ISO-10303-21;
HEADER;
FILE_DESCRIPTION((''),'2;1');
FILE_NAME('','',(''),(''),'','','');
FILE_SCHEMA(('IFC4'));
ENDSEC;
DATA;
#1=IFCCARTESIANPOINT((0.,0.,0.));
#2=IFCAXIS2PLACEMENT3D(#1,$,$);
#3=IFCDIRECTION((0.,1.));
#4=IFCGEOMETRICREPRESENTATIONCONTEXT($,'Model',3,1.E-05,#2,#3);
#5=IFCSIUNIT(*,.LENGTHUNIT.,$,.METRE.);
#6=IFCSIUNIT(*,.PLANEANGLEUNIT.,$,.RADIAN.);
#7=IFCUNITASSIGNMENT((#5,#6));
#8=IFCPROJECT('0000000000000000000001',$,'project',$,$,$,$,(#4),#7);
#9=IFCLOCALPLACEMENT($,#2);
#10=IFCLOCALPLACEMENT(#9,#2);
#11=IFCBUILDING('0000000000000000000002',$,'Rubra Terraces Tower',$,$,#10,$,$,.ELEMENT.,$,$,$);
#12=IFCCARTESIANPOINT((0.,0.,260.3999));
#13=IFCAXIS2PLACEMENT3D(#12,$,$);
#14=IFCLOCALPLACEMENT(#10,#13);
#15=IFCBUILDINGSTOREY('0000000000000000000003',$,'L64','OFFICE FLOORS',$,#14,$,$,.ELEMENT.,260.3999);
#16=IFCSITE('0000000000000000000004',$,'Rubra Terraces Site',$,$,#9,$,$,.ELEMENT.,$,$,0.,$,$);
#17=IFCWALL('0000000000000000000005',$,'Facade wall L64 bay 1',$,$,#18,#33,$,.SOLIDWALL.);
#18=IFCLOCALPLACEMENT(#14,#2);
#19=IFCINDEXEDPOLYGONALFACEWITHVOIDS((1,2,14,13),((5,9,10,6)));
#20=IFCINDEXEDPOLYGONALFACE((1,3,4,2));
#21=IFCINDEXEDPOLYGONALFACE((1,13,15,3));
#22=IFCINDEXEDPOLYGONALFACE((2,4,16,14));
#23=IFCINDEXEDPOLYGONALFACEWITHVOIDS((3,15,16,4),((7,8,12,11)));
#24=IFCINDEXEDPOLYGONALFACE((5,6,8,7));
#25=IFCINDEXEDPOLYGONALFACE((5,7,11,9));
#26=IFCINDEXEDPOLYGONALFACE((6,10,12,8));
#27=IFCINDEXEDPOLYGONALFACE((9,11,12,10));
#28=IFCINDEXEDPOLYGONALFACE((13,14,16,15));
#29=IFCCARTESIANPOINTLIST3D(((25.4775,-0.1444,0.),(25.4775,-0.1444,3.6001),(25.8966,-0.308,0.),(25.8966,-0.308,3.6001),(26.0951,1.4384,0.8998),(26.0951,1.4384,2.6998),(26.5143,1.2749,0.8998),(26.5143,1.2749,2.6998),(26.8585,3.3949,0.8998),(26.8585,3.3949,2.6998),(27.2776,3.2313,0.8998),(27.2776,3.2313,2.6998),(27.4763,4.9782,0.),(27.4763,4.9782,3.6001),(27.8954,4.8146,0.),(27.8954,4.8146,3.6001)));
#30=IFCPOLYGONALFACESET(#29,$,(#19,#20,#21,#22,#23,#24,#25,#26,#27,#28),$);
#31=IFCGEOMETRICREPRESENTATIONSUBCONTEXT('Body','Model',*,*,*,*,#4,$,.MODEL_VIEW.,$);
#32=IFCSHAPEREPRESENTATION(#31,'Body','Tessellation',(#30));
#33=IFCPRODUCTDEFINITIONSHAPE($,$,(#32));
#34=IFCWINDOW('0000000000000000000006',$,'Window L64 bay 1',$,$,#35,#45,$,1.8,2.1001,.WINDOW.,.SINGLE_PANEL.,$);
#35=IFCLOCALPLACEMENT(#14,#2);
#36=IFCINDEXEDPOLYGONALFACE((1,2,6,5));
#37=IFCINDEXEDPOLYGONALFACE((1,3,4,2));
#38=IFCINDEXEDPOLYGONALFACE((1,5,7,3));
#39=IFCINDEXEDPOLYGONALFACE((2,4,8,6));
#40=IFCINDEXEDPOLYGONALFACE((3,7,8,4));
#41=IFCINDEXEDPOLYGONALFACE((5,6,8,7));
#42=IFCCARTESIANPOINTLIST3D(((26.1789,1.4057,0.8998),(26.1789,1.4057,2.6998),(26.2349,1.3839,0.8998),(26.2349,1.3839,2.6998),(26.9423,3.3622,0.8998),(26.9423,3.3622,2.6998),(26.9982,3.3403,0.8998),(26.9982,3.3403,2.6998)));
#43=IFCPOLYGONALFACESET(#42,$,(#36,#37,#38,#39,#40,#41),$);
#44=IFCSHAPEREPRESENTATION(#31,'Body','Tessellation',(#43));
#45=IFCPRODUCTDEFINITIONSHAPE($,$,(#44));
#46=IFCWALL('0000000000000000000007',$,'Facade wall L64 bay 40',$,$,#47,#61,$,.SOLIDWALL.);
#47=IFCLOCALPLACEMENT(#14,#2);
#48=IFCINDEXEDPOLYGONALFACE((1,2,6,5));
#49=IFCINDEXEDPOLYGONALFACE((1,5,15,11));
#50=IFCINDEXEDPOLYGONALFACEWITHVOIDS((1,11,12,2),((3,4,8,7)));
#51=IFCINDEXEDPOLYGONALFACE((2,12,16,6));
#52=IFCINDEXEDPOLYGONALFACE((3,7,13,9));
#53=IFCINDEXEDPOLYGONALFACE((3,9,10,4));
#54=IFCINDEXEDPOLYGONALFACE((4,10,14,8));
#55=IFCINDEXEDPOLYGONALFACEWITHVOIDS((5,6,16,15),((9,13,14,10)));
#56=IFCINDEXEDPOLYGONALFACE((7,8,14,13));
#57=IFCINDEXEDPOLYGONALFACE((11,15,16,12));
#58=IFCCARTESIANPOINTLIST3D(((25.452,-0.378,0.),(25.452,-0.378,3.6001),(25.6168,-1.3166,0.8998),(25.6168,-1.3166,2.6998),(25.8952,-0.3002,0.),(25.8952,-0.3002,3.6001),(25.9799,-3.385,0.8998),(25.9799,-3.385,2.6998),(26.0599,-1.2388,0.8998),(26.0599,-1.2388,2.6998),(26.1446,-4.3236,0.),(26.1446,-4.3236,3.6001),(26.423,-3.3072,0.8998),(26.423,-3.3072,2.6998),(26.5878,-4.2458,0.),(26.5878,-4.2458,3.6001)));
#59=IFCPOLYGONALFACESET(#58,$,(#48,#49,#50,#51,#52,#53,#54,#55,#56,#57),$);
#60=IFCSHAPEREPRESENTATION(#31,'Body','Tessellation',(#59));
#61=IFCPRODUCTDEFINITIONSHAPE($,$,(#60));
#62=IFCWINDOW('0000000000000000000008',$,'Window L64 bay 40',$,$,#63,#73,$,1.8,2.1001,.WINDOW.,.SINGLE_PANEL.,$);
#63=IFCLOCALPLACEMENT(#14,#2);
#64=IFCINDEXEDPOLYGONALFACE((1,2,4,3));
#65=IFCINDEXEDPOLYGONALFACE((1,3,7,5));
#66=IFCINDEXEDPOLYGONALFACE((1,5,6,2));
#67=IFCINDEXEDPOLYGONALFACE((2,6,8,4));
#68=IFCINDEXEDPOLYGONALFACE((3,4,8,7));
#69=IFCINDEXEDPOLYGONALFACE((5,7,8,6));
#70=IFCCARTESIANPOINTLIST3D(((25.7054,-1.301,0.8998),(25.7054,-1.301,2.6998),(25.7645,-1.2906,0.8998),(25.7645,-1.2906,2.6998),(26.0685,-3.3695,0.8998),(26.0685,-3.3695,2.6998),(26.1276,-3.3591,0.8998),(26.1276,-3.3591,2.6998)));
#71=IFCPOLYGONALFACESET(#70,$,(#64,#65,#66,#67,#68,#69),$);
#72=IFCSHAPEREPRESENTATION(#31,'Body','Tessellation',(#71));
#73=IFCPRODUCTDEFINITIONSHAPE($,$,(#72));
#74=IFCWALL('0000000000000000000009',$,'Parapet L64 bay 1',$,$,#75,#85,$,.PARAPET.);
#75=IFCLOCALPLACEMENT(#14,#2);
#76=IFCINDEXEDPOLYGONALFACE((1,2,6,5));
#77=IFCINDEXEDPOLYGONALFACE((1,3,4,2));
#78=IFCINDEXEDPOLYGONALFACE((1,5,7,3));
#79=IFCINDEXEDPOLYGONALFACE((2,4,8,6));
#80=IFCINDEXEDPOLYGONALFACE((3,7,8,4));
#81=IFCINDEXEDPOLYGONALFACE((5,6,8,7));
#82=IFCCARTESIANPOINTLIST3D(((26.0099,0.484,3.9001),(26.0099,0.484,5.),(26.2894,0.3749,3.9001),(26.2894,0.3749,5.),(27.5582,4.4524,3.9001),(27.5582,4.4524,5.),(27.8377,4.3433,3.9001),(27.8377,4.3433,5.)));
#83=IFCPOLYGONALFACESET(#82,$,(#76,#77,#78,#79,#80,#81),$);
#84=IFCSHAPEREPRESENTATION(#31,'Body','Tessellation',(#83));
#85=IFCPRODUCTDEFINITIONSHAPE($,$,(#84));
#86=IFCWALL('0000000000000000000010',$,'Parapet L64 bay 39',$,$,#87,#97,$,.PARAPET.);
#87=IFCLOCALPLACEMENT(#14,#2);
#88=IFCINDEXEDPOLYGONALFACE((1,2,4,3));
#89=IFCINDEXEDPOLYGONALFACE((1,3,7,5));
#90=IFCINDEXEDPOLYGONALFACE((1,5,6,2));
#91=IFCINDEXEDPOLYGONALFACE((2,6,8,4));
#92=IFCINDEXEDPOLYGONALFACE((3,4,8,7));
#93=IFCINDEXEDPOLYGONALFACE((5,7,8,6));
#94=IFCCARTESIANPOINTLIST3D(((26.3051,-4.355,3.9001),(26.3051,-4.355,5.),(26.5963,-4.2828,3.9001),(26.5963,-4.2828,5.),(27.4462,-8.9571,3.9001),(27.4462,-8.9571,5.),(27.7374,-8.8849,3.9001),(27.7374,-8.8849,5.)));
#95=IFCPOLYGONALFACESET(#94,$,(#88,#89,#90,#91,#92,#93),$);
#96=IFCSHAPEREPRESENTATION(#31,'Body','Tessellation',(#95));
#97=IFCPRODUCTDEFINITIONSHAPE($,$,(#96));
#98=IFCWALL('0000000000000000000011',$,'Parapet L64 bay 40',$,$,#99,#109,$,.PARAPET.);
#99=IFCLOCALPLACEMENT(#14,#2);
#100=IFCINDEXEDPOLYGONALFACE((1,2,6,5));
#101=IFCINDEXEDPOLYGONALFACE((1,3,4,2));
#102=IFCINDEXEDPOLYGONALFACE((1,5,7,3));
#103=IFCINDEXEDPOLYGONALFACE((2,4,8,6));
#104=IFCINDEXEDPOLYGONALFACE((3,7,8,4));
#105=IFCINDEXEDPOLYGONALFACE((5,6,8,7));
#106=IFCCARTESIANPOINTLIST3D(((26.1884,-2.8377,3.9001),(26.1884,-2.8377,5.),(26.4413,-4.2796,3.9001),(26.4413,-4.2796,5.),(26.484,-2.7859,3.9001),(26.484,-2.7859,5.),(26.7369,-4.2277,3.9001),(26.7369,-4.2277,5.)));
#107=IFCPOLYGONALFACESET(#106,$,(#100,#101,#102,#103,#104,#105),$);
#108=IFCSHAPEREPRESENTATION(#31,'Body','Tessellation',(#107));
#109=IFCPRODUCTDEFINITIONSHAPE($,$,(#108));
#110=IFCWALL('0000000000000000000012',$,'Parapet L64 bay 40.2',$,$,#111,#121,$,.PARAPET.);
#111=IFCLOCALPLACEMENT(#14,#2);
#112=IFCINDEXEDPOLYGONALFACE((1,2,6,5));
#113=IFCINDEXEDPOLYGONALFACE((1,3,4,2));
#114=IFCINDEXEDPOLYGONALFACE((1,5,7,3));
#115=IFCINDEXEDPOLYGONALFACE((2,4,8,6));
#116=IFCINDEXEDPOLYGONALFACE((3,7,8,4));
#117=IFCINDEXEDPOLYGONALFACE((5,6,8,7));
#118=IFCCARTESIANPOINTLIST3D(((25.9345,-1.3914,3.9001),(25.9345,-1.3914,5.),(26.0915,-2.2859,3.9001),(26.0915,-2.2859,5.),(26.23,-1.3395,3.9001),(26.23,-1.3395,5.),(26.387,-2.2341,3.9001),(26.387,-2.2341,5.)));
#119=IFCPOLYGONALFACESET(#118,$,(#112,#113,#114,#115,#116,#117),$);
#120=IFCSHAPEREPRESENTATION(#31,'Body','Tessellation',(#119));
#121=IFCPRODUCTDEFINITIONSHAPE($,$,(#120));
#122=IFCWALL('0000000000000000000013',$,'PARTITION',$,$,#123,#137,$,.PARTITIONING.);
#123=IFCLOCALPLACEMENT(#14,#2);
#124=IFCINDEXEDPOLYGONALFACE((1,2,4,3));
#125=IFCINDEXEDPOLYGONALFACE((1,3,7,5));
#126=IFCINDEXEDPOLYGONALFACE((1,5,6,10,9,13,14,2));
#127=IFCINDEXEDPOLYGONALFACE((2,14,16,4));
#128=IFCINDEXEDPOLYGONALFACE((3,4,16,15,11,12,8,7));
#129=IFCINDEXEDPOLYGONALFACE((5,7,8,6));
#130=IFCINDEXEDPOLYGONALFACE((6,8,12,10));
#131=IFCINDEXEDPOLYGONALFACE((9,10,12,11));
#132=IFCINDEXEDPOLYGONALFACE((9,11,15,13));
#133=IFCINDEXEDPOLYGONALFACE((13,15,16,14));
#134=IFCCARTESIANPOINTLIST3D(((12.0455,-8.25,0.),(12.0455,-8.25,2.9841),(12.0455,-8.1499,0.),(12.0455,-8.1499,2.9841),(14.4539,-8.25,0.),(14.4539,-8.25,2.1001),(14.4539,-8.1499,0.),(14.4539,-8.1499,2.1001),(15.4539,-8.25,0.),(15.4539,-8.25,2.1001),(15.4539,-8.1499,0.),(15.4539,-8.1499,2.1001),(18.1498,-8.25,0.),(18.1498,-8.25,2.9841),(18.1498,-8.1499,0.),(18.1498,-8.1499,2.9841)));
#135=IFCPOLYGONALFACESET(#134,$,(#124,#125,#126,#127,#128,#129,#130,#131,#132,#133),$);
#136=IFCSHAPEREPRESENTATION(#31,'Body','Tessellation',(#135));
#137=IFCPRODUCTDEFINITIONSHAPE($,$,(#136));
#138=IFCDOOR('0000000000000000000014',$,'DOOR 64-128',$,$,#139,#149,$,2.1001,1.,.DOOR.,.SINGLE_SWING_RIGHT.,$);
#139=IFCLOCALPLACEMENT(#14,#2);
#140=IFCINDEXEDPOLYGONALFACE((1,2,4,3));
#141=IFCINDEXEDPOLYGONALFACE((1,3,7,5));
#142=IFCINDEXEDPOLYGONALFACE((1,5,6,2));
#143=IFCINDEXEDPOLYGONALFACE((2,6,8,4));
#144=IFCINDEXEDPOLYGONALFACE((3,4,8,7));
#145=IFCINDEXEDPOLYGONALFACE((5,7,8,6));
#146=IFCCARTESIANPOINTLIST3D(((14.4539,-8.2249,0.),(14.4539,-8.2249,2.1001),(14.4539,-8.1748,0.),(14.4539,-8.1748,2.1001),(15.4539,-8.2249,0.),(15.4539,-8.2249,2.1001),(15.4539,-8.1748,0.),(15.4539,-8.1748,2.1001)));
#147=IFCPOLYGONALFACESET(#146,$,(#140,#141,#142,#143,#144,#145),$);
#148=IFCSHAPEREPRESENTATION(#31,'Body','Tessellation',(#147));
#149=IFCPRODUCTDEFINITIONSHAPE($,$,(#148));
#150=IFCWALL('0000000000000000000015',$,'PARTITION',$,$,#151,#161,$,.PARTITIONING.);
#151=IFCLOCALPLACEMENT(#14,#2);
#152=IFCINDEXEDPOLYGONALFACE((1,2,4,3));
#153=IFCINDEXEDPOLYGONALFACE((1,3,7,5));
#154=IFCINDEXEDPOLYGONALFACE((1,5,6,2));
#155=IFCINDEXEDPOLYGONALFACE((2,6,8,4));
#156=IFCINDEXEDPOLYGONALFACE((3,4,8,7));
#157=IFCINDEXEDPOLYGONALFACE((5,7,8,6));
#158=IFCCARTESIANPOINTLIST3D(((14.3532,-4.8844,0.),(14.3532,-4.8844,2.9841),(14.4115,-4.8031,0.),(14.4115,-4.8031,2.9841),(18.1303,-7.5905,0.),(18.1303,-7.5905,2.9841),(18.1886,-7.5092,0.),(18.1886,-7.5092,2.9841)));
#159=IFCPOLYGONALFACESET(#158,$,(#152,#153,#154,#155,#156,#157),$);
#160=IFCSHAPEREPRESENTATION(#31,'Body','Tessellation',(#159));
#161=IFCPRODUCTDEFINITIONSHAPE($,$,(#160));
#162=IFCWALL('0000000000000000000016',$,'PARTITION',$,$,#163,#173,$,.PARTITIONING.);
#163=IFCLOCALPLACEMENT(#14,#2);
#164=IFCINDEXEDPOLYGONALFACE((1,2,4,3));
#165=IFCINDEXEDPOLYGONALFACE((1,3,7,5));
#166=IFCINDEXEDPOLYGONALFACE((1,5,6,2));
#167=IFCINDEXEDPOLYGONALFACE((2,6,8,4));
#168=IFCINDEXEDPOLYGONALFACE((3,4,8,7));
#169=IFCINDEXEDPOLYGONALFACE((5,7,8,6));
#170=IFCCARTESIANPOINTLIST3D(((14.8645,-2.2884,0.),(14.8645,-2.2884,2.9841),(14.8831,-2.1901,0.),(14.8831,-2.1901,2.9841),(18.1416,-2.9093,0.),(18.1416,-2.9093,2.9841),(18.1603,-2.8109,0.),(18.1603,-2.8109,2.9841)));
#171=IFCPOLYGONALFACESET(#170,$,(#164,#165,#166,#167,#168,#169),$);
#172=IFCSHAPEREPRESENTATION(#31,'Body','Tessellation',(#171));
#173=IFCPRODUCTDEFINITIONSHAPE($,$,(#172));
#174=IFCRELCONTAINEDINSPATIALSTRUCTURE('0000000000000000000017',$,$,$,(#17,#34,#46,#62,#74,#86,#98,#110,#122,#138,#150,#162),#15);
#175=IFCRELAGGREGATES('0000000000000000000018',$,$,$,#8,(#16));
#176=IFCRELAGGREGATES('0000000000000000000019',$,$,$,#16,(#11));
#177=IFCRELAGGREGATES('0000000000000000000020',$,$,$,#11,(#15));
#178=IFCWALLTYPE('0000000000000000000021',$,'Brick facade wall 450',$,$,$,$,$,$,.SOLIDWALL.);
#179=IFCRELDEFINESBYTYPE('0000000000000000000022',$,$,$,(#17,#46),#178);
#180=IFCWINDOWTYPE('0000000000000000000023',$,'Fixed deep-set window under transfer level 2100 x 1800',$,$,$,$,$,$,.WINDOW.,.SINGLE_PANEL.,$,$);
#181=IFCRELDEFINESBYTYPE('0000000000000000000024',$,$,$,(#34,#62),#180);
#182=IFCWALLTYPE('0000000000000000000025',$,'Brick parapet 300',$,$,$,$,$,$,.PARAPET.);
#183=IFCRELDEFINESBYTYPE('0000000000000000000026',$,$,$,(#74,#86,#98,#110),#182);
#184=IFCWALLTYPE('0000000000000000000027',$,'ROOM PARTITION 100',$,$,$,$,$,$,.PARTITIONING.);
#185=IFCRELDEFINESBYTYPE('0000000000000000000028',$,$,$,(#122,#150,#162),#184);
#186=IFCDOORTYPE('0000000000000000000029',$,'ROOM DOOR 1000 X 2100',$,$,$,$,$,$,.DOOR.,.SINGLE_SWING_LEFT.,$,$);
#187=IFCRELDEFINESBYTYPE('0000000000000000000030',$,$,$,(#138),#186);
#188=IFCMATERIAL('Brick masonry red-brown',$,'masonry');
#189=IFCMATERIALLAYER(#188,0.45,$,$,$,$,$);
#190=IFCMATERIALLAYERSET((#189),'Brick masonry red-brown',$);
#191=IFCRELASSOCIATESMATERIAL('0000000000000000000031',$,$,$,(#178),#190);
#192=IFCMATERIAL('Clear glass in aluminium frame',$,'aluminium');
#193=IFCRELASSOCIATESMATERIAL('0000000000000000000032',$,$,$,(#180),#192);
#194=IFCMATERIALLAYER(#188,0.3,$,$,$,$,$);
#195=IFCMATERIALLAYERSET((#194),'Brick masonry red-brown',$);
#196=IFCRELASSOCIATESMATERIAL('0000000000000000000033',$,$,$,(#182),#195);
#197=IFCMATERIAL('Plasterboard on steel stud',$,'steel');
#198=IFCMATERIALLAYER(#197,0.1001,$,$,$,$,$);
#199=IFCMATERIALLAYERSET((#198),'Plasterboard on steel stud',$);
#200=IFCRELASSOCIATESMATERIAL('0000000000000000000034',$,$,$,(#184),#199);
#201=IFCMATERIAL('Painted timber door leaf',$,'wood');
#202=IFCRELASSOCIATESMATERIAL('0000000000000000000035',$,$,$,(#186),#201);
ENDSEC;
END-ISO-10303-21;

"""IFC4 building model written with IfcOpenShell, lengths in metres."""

from ifc_helpers import new_model, si_unit, direction, frame, frame_2d, origin, place, context, subcontext, project, spatial, rectangle, extrude, material, layer, layer_set, type_object, element, fill, save


model = new_model("IFC4")

# Units and contexts
model_context = context("Model", 3, precision=1e-05, world=origin(), true_north=direction((0.0, 1.0)))
body_context = subcontext(model_context, "Body", "Model", "MODEL_VIEW")
ifc_project = project(units=[si_unit("LENGTHUNIT", "METRE"), si_unit("PLANEANGLEUNIT", "RADIAN")], contexts=[model_context])

# Site, building, storey
site_placement = place(None, origin())
site = spatial("IfcSite", under=ifc_project, at=site_placement, Name="Rubra Terraces Site", CompositionType="ELEMENT", RefElevation=0.0)
building_placement = place(site_placement, origin())
building = spatial("IfcBuilding", under=site, at=building_placement, Name="Rubra Terraces Tower", CompositionType="ELEMENT")
storey_placement = place(building_placement, frame((0.0, 0.0, 260.3999)))
storey = spatial("IfcBuildingStorey", under=building, at=storey_placement, Name="L64", Description="OFFICE FLOORS", CompositionType="ELEMENT", Elevation=260.3999)

# Walls, openings, windows
ifc_material_1 = material(Name="Brick masonry red-brown", Category="masonry")
ifc_layer_1 = layer(ifc_material_1, 0.45)
ifc_layer_set_1 = layer_set([ifc_layer_1], Name="Brick masonry red-brown")
wall_type_1 = type_object("IfcWallType", Name="Brick facade wall 450", PredefinedType="SOLIDWALL", material=ifc_layer_set_1)
wall_1_placement = place(storey_placement, frame((25.687, -0.2263, 0.0), z_axis=(0.0, 0.0, 1.0), x_axis=(0.3635, 0.931594, 0.0)))
wall_1 = element("IfcWall", 1, at=wall_1_placement, inside=storey, type_object=wall_type_1, Name="Facade wall L64 bay 1", PredefinedType="SOLIDWALL", context=body_context, shape_type="SweptSolid", body=[
    extrude(rectangle(XDim=5.4988, YDim=0.45, at=frame_2d((2.7495, 0.0))), origin(), (0.0, 0.0, 1.0), 3.6001),
])
opening_1_placement = place(wall_1_placement, frame((1.6992, 0.0, 0.8999)))
opening_1 = element("IfcOpeningElement", 2, at=opening_1_placement, cuts=wall_1, PredefinedType="OPENING", context=body_context, shape_type="SweptSolid", body=[
    extrude(rectangle(XDim=2.1001, YDim=1.8, at=frame_2d((1.05, 0.8999))), frame((0.0, 0.2349, 0.0), z_axis=(0.0, -1.0, 0.0), x_axis=(1.0, 0.0, 0.0)), (0.0, 0.0, 1.0), 0.47),
])
ifc_material_2 = material(Name="Clear glass in aluminium frame", Category="aluminium")
window_type = type_object("IfcWindowType", Name="Fixed deep-set window under transfer level 2100 x 1800", PartitioningType="SINGLE_PANEL", PredefinedType="WINDOW", material=ifc_material_2)
window_1_placement = place(opening_1_placement, origin())
window_1 = element("IfcWindow", 3, at=window_1_placement, inside=storey, type_object=window_type, Name="Window L64 bay 1", OverallHeight=1.8, OverallWidth=2.1001, PartitioningType="SINGLE_PANEL", PredefinedType="WINDOW", context=body_context, shape_type="SweptSolid", body=[
    extrude(rectangle(XDim=2.1001, YDim=1.8, at=frame_2d((1.05, 0.8999))), frame((0.0, 0.135, 0.0), z_axis=(0.0, -1.0, 0.0), x_axis=(1.0, 0.0, 0.0)), (0.0, 0.0, 1.0), 0.0601),
])
fill(opening_1, window_1)
wall_2_placement = place(storey_placement, frame((26.3662, -4.2847, 0.0), z_axis=(0.0, 0.0, 1.0), x_axis=(-0.172902, 0.984939, 0.0)))
wall_2 = element("IfcWall", 4, at=wall_2_placement, inside=storey, type_object=wall_type_1, Name="Facade wall L64 bay 40", PredefinedType="SOLIDWALL", context=body_context, shape_type="SweptSolid", body=[
    extrude(rectangle(XDim=4.0059, YDim=0.45, at=frame_2d((2.0029, 0.0))), origin(), (0.0, 0.0, 1.0), 3.6001),
])
opening_2_placement = place(wall_2_placement, frame((0.9529, 0.0, 0.8999)))
opening_2 = element("IfcOpeningElement", 5, at=opening_2_placement, cuts=wall_2, PredefinedType="OPENING", context=body_context, shape_type="SweptSolid", body=[
    extrude(rectangle(XDim=2.1001, YDim=1.8, at=frame_2d((1.05, 0.8999))), frame((0.0, 0.2349, 0.0), z_axis=(0.0, -1.0, 0.0), x_axis=(1.0, 0.0, 0.0)), (0.0, 0.0, 1.0), 0.47),
])
window_2_placement = place(opening_2_placement, origin())
window_2 = element("IfcWindow", 6, at=window_2_placement, inside=storey, type_object=window_type, Name="Window L64 bay 40", OverallHeight=1.8, OverallWidth=2.1001, PartitioningType="SINGLE_PANEL", PredefinedType="WINDOW", context=body_context, shape_type="SweptSolid", body=[
    extrude(rectangle(XDim=2.1001, YDim=1.8, at=frame_2d((1.05, 0.8999))), frame((0.0, 0.135, 0.0), z_axis=(0.0, -1.0, 0.0), x_axis=(1.0, 0.0, 0.0)), (0.0, 0.0, 1.0), 0.0601),
])
fill(opening_2, window_2)

# Walls
ifc_layer_2 = layer(ifc_material_1, 0.3)
ifc_layer_set_2 = layer_set([ifc_layer_2], Name="Brick masonry red-brown")
wall_type_2 = type_object("IfcWallType", Name="Brick parapet 300", PredefinedType="PARAPET", material=ifc_layer_set_2)
wall_3_placement = place(storey_placement, frame((26.1497, 0.4294, 3.9001), z_axis=(0.0, 0.0, 1.0), x_axis=(0.363472, 0.931605, 0.0)))
element("IfcWall", 7, at=wall_3_placement, inside=storey, type_object=wall_type_2, Name="Parapet L64 bay 1", PredefinedType="PARAPET", context=body_context, shape_type="SweptSolid", body=[
    extrude(rectangle(XDim=4.2598, YDim=0.3, at=frame_2d((2.1299, 0.0))), origin(), (0.0, 0.0, 1.0), 1.0999),
])
wall_4_placement = place(storey_placement, frame((27.5918, -8.9209, 3.9001), z_axis=(0.0, 0.0, 1.0), x_axis=(-0.240669, 0.970607, 0.0)))
element("IfcWall", 8, at=wall_4_placement, inside=storey, type_object=wall_type_2, Name="Parapet L64 bay 39", PredefinedType="PARAPET", context=body_context, shape_type="SweptSolid", body=[
    extrude(rectangle(XDim=4.7415, YDim=0.3, at=frame_2d((2.3706, 0.0))), origin(), (0.0, 0.0, 1.0), 1.0999),
])
wall_5_placement = place(storey_placement, frame((26.5891, -4.2537, 3.9001), z_axis=(0.0, 0.0, 1.0), x_axis=(-0.172777, 0.984961, 0.0)))
element("IfcWall", 9, at=wall_5_placement, inside=storey, type_object=wall_type_2, Name="Parapet L64 bay 40", PredefinedType="PARAPET", context=body_context, shape_type="SweptSolid", body=[
    extrude(rectangle(XDim=1.4639, YDim=0.3, at=frame_2d((0.7319, 0.0))), origin(), (0.0, 0.0, 1.0), 1.0999),
])
wall_6_placement = place(storey_placement, frame((26.2393, -2.26, 3.9001), z_axis=(0.0, 0.0, 1.0), x_axis=(-0.17285, 0.984948, 0.0)))
element("IfcWall", 10, at=wall_6_placement, inside=storey, type_object=wall_type_2, Name="Parapet L64 bay 40.2", PredefinedType="PARAPET", context=body_context, shape_type="SweptSolid", body=[
    extrude(rectangle(XDim=0.9082, YDim=0.3, at=frame_2d((0.4541, 0.0))), origin(), (0.0, 0.0, 1.0), 1.0999),
])

# Wall, opening, door
ifc_material_3 = material(Name="Plasterboard on steel stud", Category="steel")
ifc_layer_3 = layer(ifc_material_3, 0.1001)
ifc_layer_set_3 = layer_set([ifc_layer_3], Name="Plasterboard on steel stud")
wall_type_3 = type_object("IfcWallType", Name="ROOM PARTITION 100", PredefinedType="PARTITIONING", material=ifc_layer_set_3)
wall_7_placement = place(storey_placement, frame((18.1499, -8.2, 0.0), z_axis=(0.0, 0.0, 1.0), x_axis=(-1.0, 0.0, 0.0)))
wall_7 = element("IfcWall", 11, at=wall_7_placement, inside=storey, type_object=wall_type_3, Name="PARTITION", PredefinedType="PARTITIONING", context=body_context, shape_type="SweptSolid", body=[
    extrude(rectangle(XDim=6.1042, YDim=0.1001, at=frame_2d((3.0522, 0.0))), origin(), (0.0, 0.0, 1.0), 2.9841),
])
opening_3_placement = place(wall_7_placement, frame((2.696, 0.0, 0.0)))
opening_3 = element("IfcOpeningElement", 12, at=opening_3_placement, cuts=wall_7, PredefinedType="OPENING", context=body_context, shape_type="SweptSolid", body=[
    extrude(rectangle(XDim=1.0, YDim=2.1001, at=frame_2d((0.5, 1.05))), frame((0.0, 0.0601, 0.0), z_axis=(0.0, -1.0, 0.0), x_axis=(1.0, 0.0, 0.0)), (0.0, 0.0, 1.0), 0.1201),
])
ifc_material_4 = material(Name="Painted timber door leaf", Category="wood")
door_type_1 = type_object("IfcDoorType", Name="ROOM DOOR 1000 X 2100", OperationType="SINGLE_SWING_LEFT", PredefinedType="DOOR", material=ifc_material_4)
door_1_placement = place(opening_3_placement, origin())
door_1 = element("IfcDoor", 13, at=door_1_placement, inside=storey, type_object=door_type_1, Name="DOOR 64-128", OperationType="SINGLE_SWING_RIGHT", OverallHeight=2.1001, OverallWidth=1.0, PredefinedType="DOOR", context=body_context, shape_type="SweptSolid", body=[
    extrude(rectangle(XDim=1.0, YDim=2.1001, at=frame_2d((0.5, 1.05))), frame((0.0, 0.0249, 0.0), z_axis=(0.0, -1.0, 0.0), x_axis=(1.0, 0.0, 0.0)), (0.0, 0.0, 1.0), 0.05),
])
fill(opening_3, door_1)

# Walls
wall_8_placement = place(storey_placement, frame((14.3823, -4.8438, 0.0), z_axis=(0.0, 0.0, 1.0), x_axis=(0.812905, -0.582396, 0.0)))
element("IfcWall", 14, at=wall_8_placement, inside=storey, type_object=wall_type_3, Name="PARTITION", PredefinedType="PARTITIONING", context=body_context, shape_type="SweptSolid", body=[
    extrude(rectangle(XDim=4.6465, YDim=0.1001, at=frame_2d((2.3232, 0.0))), origin(), (0.0, 0.0, 1.0), 2.9841),
])
wall_9_placement = place(storey_placement, frame((14.8738, -2.2393, 0.0), z_axis=(0.0, 0.0, 1.0), x_axis=(0.982523, -0.18614, 0.0)))
element("IfcWall", 15, at=wall_9_placement, inside=storey, type_object=wall_type_3, Name="PARTITION", PredefinedType="PARTITIONING", context=body_context, shape_type="SweptSolid", body=[
    extrude(rectangle(XDim=3.3354, YDim=0.1001, at=frame_2d((1.6677, 0.0))), origin(), (0.0, 0.0, 1.0), 2.9841),
])

save(model, "model.ifc")
